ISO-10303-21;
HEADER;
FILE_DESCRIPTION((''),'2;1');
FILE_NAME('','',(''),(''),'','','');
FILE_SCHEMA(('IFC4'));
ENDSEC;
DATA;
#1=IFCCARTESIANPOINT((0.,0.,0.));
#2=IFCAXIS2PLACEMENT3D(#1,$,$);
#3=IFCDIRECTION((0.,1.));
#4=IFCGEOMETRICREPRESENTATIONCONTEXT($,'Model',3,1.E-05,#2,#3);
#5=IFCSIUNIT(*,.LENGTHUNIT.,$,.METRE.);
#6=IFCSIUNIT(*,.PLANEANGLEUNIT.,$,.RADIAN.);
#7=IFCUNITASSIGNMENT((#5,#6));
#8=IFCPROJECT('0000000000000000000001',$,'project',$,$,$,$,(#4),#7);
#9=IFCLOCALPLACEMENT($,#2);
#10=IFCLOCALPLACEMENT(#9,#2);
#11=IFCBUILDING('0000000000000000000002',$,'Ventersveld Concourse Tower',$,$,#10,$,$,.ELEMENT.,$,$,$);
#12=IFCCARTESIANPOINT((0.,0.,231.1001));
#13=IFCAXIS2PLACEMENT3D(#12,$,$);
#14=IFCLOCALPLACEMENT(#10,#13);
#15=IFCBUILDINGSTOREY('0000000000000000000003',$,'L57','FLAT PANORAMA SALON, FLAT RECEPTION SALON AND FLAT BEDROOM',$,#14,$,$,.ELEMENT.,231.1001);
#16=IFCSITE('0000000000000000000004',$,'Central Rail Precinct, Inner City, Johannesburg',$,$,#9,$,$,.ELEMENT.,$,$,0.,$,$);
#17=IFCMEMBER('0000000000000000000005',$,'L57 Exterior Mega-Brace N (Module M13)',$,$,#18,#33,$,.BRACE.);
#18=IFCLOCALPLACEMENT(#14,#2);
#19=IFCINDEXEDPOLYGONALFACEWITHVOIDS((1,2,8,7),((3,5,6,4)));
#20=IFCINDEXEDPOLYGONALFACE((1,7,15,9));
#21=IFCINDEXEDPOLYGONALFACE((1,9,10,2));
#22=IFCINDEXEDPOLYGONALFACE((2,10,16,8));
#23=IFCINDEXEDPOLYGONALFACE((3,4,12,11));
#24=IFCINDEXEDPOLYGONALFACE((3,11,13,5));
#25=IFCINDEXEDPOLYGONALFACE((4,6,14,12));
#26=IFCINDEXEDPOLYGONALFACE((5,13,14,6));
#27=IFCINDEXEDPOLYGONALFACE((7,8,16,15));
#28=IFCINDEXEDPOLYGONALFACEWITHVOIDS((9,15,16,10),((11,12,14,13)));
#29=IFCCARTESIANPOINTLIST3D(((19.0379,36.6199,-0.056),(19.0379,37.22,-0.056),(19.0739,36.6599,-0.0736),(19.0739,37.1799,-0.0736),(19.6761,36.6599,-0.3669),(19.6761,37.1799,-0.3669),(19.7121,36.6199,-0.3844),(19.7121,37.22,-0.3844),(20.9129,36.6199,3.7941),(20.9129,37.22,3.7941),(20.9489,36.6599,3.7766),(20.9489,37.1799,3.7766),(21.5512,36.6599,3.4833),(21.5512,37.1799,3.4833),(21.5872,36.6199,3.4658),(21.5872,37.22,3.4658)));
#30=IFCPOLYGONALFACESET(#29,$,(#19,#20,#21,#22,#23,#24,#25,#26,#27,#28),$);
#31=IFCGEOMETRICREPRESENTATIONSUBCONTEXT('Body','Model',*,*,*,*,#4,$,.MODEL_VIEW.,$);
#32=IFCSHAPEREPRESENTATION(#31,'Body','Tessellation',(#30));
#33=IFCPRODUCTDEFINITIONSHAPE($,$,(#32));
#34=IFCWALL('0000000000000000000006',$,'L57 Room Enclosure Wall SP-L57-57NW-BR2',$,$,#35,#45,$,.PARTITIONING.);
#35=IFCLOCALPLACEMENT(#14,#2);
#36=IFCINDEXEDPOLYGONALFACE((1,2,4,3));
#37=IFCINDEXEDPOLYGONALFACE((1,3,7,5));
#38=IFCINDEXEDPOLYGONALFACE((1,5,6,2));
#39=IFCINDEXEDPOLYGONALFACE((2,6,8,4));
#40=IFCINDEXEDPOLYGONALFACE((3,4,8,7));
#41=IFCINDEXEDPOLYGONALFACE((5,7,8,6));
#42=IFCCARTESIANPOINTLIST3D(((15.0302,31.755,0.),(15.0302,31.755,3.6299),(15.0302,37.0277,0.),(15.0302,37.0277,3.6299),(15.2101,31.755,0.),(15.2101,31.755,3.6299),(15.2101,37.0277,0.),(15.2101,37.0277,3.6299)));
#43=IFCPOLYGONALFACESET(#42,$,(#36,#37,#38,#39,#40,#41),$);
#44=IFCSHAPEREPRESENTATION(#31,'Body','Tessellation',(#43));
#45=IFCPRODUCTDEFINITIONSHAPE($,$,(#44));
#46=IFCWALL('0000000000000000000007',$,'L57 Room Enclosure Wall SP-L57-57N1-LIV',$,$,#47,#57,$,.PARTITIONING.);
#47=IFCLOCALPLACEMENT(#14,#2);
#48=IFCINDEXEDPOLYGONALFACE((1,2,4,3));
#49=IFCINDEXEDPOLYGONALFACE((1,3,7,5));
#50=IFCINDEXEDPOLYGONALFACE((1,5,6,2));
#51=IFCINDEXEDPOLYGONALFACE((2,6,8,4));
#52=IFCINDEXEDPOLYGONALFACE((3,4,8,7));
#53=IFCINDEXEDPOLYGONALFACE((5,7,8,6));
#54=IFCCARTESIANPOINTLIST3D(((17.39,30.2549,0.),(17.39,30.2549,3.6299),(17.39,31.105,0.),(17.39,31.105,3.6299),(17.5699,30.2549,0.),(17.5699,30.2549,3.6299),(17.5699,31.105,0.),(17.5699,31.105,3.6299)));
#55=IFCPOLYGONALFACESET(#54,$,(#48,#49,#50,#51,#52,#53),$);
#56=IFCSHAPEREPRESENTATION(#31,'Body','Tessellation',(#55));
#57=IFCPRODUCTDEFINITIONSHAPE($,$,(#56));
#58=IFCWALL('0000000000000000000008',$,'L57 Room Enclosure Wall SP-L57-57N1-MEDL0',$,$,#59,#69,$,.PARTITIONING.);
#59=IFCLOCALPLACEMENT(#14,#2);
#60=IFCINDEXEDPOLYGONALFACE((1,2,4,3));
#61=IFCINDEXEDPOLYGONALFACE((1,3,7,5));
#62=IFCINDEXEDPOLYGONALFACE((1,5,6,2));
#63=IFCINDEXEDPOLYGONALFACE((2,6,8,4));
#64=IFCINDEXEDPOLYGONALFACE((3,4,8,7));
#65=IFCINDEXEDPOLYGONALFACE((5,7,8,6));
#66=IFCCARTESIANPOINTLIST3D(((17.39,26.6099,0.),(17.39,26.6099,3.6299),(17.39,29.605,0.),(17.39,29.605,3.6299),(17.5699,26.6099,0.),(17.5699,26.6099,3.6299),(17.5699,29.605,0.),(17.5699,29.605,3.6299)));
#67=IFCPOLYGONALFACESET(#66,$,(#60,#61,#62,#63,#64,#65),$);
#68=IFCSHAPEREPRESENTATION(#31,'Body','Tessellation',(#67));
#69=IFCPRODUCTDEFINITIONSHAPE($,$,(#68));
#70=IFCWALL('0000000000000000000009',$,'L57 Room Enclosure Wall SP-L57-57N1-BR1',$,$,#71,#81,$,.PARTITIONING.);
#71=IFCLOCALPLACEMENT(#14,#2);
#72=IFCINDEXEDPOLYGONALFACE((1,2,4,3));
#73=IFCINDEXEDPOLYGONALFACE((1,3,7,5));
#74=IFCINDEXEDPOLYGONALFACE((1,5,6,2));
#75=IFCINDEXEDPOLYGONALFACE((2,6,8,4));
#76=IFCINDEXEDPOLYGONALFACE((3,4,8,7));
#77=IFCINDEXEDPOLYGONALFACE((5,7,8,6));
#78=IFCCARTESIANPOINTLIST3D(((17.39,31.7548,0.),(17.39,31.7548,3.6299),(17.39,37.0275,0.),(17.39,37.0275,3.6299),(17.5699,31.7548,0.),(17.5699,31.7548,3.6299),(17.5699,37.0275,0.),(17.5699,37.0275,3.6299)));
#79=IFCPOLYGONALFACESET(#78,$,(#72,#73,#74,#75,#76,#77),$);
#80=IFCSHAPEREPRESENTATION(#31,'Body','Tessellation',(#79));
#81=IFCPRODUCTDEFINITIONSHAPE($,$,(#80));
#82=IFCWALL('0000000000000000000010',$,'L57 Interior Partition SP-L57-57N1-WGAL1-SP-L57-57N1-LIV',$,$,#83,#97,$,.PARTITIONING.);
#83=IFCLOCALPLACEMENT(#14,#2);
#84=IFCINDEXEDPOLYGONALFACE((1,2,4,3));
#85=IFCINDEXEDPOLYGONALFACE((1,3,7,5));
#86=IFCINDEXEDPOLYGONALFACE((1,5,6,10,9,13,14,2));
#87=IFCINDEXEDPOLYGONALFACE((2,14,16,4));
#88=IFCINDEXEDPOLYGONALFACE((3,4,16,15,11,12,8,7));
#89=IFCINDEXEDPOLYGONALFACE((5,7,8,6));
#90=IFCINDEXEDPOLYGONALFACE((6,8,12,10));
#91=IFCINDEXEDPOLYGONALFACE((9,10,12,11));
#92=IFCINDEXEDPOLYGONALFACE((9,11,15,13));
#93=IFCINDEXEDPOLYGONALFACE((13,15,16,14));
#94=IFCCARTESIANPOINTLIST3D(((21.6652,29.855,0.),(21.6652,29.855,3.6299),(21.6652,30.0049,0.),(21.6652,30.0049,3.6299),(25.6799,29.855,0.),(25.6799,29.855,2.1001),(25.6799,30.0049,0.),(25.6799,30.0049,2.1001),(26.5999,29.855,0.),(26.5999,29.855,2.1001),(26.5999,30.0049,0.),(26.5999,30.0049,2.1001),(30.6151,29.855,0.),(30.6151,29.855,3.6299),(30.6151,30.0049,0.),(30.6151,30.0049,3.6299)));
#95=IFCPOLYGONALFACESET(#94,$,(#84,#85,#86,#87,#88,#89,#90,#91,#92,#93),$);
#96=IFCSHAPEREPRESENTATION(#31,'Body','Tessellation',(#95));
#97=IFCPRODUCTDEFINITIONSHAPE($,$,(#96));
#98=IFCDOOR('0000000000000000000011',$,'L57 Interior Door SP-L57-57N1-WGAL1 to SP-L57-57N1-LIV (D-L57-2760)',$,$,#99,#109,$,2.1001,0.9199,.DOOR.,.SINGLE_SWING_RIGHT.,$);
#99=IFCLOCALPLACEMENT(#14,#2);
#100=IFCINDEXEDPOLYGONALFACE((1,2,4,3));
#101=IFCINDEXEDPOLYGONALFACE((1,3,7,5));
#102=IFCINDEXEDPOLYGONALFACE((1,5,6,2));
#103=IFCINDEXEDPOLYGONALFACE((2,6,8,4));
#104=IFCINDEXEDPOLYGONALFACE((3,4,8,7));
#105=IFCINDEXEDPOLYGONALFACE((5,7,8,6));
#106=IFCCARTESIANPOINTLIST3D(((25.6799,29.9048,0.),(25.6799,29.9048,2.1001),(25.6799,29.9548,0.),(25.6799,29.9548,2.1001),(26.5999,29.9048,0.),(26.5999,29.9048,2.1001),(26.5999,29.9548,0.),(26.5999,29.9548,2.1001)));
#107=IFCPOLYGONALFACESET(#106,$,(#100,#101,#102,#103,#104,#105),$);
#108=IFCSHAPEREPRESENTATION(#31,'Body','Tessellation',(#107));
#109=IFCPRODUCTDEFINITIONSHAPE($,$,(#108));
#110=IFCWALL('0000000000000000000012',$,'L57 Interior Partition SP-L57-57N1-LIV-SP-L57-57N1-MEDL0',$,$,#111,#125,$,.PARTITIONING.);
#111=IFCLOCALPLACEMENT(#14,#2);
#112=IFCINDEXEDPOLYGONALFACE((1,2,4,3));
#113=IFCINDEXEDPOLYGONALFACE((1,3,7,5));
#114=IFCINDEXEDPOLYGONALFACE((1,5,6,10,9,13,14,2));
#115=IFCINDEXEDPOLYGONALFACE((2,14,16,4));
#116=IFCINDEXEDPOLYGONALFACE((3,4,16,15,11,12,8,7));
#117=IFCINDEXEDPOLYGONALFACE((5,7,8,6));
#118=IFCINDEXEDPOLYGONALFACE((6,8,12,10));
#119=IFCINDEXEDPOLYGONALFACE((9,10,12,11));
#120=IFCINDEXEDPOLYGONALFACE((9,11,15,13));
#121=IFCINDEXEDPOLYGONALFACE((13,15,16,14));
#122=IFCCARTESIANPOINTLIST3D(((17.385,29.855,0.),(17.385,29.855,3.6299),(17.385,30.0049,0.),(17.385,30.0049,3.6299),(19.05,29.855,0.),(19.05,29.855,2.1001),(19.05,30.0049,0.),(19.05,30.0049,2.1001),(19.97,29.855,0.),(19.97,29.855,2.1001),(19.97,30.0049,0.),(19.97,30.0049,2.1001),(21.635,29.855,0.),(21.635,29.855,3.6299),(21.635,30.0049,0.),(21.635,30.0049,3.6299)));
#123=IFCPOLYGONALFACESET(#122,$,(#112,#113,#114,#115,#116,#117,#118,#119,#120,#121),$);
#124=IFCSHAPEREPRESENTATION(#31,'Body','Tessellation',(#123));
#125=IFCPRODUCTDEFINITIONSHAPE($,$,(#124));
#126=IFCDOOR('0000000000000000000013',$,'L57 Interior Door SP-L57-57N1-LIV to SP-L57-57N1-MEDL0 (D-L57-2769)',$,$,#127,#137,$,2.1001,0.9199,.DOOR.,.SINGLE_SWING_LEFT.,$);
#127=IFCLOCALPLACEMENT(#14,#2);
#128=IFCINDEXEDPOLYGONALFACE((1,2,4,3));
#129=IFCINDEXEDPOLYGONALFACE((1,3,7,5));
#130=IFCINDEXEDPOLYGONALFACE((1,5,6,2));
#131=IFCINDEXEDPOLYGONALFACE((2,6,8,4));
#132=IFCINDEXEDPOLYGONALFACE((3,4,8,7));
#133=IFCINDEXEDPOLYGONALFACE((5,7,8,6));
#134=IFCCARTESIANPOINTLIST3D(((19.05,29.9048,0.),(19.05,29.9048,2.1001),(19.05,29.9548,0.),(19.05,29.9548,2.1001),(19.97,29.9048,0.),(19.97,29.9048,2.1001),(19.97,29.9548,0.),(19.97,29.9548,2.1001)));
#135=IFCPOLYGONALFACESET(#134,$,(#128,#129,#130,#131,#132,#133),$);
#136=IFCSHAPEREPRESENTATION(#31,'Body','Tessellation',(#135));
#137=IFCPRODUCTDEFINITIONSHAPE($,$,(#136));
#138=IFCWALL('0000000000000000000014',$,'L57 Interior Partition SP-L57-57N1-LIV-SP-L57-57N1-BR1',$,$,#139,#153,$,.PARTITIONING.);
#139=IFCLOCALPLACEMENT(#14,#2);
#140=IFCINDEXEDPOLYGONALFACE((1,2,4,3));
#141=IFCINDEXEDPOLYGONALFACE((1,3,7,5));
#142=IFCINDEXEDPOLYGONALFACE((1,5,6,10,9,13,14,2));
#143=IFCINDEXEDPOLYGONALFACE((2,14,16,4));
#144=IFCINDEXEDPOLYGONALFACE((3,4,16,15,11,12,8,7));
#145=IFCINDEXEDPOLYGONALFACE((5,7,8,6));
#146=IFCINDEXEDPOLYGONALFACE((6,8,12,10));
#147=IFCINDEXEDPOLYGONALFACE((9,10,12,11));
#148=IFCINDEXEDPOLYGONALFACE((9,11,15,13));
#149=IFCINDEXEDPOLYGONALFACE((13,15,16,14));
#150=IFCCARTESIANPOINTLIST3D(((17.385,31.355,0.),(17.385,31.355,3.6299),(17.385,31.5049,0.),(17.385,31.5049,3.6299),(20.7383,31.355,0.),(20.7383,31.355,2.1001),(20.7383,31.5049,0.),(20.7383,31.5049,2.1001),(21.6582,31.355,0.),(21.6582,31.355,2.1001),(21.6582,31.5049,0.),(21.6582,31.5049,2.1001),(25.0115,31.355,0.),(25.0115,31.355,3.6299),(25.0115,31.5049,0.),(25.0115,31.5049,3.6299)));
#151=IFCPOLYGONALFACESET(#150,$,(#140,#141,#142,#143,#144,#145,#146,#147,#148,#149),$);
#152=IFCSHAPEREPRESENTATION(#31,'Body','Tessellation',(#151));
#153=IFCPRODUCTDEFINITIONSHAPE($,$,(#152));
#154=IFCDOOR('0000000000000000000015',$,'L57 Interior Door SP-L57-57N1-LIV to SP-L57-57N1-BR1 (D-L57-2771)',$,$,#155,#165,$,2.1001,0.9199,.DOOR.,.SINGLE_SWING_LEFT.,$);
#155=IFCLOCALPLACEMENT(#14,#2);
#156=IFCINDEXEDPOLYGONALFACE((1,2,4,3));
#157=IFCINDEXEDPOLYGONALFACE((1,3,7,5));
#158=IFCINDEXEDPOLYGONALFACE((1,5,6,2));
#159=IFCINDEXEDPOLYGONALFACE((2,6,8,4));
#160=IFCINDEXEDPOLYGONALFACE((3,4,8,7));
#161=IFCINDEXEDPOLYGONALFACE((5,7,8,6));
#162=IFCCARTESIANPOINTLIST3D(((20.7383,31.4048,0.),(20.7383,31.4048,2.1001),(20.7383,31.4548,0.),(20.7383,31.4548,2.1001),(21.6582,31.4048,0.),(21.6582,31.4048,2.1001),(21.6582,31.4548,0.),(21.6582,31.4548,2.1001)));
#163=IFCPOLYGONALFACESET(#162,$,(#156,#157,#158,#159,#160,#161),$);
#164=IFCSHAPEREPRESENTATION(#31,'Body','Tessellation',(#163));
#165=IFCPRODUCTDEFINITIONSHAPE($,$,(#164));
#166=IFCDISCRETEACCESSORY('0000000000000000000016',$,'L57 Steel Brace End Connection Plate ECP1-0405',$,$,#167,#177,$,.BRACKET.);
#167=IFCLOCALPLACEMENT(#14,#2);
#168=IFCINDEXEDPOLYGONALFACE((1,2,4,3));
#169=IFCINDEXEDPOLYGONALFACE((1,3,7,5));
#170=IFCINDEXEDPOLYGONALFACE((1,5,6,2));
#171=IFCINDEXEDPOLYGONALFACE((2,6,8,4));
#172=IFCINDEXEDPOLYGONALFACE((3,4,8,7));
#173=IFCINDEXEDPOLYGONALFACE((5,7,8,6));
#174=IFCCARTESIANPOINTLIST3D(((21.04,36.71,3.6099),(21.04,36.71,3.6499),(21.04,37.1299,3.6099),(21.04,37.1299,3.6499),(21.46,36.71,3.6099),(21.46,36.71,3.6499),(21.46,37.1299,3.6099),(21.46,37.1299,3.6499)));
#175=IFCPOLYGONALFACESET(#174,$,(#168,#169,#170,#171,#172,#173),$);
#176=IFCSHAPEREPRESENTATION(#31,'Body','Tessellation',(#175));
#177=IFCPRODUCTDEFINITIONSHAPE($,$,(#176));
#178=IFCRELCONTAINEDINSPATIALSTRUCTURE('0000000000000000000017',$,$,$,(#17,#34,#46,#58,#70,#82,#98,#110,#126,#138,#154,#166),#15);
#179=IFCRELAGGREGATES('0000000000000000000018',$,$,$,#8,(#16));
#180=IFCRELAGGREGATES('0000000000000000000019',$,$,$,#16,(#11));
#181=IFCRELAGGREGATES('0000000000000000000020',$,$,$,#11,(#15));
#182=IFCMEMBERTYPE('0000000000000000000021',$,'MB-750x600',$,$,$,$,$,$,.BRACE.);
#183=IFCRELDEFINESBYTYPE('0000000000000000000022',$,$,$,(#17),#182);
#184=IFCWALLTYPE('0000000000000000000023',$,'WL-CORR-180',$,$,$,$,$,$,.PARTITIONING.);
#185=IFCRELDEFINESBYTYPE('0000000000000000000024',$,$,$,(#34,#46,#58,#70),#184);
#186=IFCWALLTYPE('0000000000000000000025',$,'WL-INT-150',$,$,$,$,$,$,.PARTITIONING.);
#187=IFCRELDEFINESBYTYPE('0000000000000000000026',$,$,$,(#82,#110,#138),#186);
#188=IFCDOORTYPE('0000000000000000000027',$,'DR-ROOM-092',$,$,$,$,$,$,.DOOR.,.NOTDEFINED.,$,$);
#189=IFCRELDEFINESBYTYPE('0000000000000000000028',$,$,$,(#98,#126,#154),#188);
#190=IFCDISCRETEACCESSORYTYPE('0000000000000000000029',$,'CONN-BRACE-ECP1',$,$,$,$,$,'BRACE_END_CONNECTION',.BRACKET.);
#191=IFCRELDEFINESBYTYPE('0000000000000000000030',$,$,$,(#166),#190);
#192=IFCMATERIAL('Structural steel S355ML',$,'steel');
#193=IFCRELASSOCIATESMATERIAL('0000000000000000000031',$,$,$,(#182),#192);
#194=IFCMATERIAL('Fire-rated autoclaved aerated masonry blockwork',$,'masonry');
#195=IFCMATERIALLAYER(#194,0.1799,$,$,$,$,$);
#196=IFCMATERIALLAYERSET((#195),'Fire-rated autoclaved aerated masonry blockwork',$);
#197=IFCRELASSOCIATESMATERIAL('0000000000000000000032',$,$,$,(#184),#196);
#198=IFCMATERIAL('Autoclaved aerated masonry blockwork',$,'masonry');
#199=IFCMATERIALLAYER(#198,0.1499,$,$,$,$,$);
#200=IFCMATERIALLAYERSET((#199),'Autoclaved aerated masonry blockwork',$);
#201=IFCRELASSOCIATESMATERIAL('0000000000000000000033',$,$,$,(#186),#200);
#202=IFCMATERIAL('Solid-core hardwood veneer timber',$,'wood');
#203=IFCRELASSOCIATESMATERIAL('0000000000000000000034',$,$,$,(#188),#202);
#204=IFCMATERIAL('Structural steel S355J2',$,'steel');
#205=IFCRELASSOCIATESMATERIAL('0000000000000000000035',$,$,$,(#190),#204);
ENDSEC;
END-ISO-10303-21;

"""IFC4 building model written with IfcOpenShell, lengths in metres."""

from ifc_helpers import new_model, si_unit, direction, frame, frame_2d, origin, origin_2d, place, context, subcontext, project, spatial, rectangle, hollow_rectangle, extrude, material, layer, layer_set, material_profile, profile_set, type_object, element, fill, save


model = new_model("IFC4")

# Units and contexts
model_context = context("Model", 3, precision=1e-05, world=origin(), true_north=direction((0.0, 1.0)))
body_context = subcontext(model_context, "Body", "Model", "MODEL_VIEW")
ifc_project = project(units=[si_unit("LENGTHUNIT", "METRE"), si_unit("PLANEANGLEUNIT", "RADIAN")], contexts=[model_context])

# Site, building, storey
site_placement = place(None, origin())
site = spatial("IfcSite", under=ifc_project, at=site_placement, Name="Central Rail Precinct, Inner City, Johannesburg", CompositionType="ELEMENT", RefElevation=0.0)
building_placement = place(site_placement, origin())
building = spatial("IfcBuilding", under=site, at=building_placement, Name="Ventersveld Concourse Tower", CompositionType="ELEMENT")
storey_placement = place(building_placement, frame((0.0, 0.0, 231.1001)))
storey = spatial("IfcBuildingStorey", under=building, at=storey_placement, Name="L57", Description="FLAT PANORAMA SALON, FLAT RECEPTION SALON AND FLAT BEDROOM", CompositionType="ELEMENT", Elevation=231.1001)

# Shared definitions
ifc_material_1 = material(Name="Structural steel S355J2", Category="steel")

# Member
ifc_material_2 = material(Name="Structural steel S355ML", Category="steel")
ifc_material_profile_1 = material_profile(ifc_material_2, hollow_rectangle(XDim=0.6001, YDim=0.75, WallThickness=0.04, at=origin_2d()), Name="BOX 750x600x40")
ifc_profile_set_1 = profile_set([ifc_material_profile_1], Name="Structural steel S355ML")
member_type = type_object("IfcMemberType", Name="MB-750x600", PredefinedType="BRACE", material=ifc_profile_set_1)
member_placement = place(storey_placement, frame((19.375, 36.9199, -0.2202), z_axis=(0.437839, 0.0, 0.899053), x_axis=(0.0, 1.0, 0.0)))
element("IfcMember", 1, at=member_placement, inside=storey, type_object=member_type, Name="L57 Exterior Mega-Brace N (Module M13)", PredefinedType="BRACE", context=body_context, shape_type="SweptSolid", body=[
    extrude(hollow_rectangle(XDim=0.6001, YDim=0.75, WallThickness=0.04, at=origin_2d()), origin(), (0.0, 0.0, 1.0), 4.2825),
])

# Walls
ifc_material_3 = material(Name="Fire-rated autoclaved aerated masonry blockwork", Category="masonry")
ifc_layer_1 = layer(ifc_material_3, 0.1799)
ifc_layer_set_1 = layer_set([ifc_layer_1], Name="Fire-rated autoclaved aerated masonry blockwork")
wall_type_1 = type_object("IfcWallType", Name="WL-CORR-180", PredefinedType="PARTITIONING", material=ifc_layer_set_1)
wall_1_placement = place(storey_placement, frame((15.1201, 37.0276, 0.0), z_axis=(0.0, 0.0, 1.0), x_axis=(0.0, -1.0, 0.0)))
element("IfcWall", 2, at=wall_1_placement, inside=storey, type_object=wall_type_1, Name="L57 Room Enclosure Wall SP-L57-57NW-BR2", PredefinedType="PARTITIONING", context=body_context, shape_type="SweptSolid", body=[
    extrude(rectangle(XDim=5.2727, YDim=0.1799, at=frame_2d((2.6362, 0.0))), origin(), (0.0, 0.0, 1.0), 3.6299),
])
wall_2_placement = place(storey_placement, frame((17.48, 30.2549, 0.0), z_axis=(0.0, 0.0, 1.0), x_axis=(0.0, 1.0, 0.0)))
element("IfcWall", 3, at=wall_2_placement, inside=storey, type_object=wall_type_1, Name="L57 Room Enclosure Wall SP-L57-57N1-LIV", PredefinedType="PARTITIONING", context=body_context, shape_type="SweptSolid", body=[
    extrude(rectangle(XDim=0.8501, YDim=0.1799, at=frame_2d((0.425, 0.0))), origin(), (0.0, 0.0, 1.0), 3.6299),
])
wall_3_placement = place(storey_placement, frame((17.48, 26.6099, 0.0), z_axis=(0.0, 0.0, 1.0), x_axis=(0.0, 1.0, 0.0)))
element("IfcWall", 4, at=wall_3_placement, inside=storey, type_object=wall_type_1, Name="L57 Room Enclosure Wall SP-L57-57N1-MEDL0", PredefinedType="PARTITIONING", context=body_context, shape_type="SweptSolid", body=[
    extrude(rectangle(XDim=2.9951, YDim=0.1799, at=frame_2d((1.4976, 0.0))), origin(), (0.0, 0.0, 1.0), 3.6299),
])
wall_4_placement = place(storey_placement, frame((17.48, 31.7549, 0.0), z_axis=(0.0, 0.0, 1.0), x_axis=(0.0, 1.0, 0.0)))
element("IfcWall", 5, at=wall_4_placement, inside=storey, type_object=wall_type_1, Name="L57 Room Enclosure Wall SP-L57-57N1-BR1", PredefinedType="PARTITIONING", context=body_context, shape_type="SweptSolid", body=[
    extrude(rectangle(XDim=5.2727, YDim=0.1799, at=frame_2d((2.6362, 0.0))), origin(), (0.0, 0.0, 1.0), 3.6299),
])

# Walls, openings, doors
ifc_material_4 = material(Name="Autoclaved aerated masonry blockwork", Category="masonry")
ifc_layer_2 = layer(ifc_material_4, 0.1499)
ifc_layer_set_2 = layer_set([ifc_layer_2], Name="Autoclaved aerated masonry blockwork")
wall_type_2 = type_object("IfcWallType", Name="WL-INT-150", PredefinedType="PARTITIONING", material=ifc_layer_set_2)
wall_5_placement = place(storey_placement, frame((21.665, 29.9299, 0.0), z_axis=(0.0, 0.0, 1.0), x_axis=(1.0, 0.0, 0.0)))
wall_5 = element("IfcWall", 6, at=wall_5_placement, inside=storey, type_object=wall_type_2, Name="L57 Interior Partition SP-L57-57N1-WGAL1-SP-L57-57N1-LIV", PredefinedType="PARTITIONING", context=body_context, shape_type="SweptSolid", body=[
    extrude(rectangle(XDim=8.95, YDim=0.1499, at=frame_2d((4.4751, 0.0))), origin(), (0.0, 0.0, 1.0), 3.6299),
])
opening_1_placement = place(wall_5_placement, frame((4.0149, 0.0, 0.0)))
opening_1 = element("IfcOpeningElement", 7, at=opening_1_placement, cuts=wall_5, PredefinedType="OPENING", context=body_context, shape_type="SweptSolid", body=[
    extrude(rectangle(XDim=0.9199, YDim=2.1001, at=frame_2d((0.46, 1.05))), frame((0.0, 0.085, 0.0), z_axis=(0.0, -1.0, 0.0), x_axis=(1.0, 0.0, 0.0)), (0.0, 0.0, 1.0), 0.1699),
])
ifc_material_5 = material(Name="Solid-core hardwood veneer timber", Category="wood")
door_type = type_object("IfcDoorType", Name="DR-ROOM-092", OperationType="NOTDEFINED", PredefinedType="DOOR", material=ifc_material_5)
door_1_placement = place(opening_1_placement, origin())
door_1 = element("IfcDoor", 8, at=door_1_placement, inside=storey, type_object=door_type, Name="L57 Interior Door SP-L57-57N1-WGAL1 to SP-L57-57N1-LIV (D-L57-2760)", OperationType="SINGLE_SWING_RIGHT", OverallHeight=2.1001, OverallWidth=0.9199, PredefinedType="DOOR", context=body_context, shape_type="SweptSolid", body=[
    extrude(rectangle(XDim=0.9199, YDim=2.1001, at=frame_2d((0.46, 1.05))), frame((0.0, 0.0249, 0.0), z_axis=(0.0, -1.0, 0.0), x_axis=(1.0, 0.0, 0.0)), (0.0, 0.0, 1.0), 0.05),
])
fill(opening_1, door_1)
wall_6_placement = place(storey_placement, frame((17.385, 29.9299, 0.0), z_axis=(0.0, 0.0, 1.0), x_axis=(1.0, 0.0, 0.0)))
wall_6 = element("IfcWall", 9, at=wall_6_placement, inside=storey, type_object=wall_type_2, Name="L57 Interior Partition SP-L57-57N1-LIV-SP-L57-57N1-MEDL0", PredefinedType="PARTITIONING", context=body_context, shape_type="SweptSolid", body=[
    extrude(rectangle(XDim=4.25, YDim=0.1499, at=frame_2d((2.125, 0.0))), origin(), (0.0, 0.0, 1.0), 3.6299),
])
opening_2_placement = place(wall_6_placement, frame((1.665, 0.0, 0.0)))
opening_2 = element("IfcOpeningElement", 10, at=opening_2_placement, cuts=wall_6, PredefinedType="OPENING", context=body_context, shape_type="SweptSolid", body=[
    extrude(rectangle(XDim=0.9199, YDim=2.1001, at=frame_2d((0.46, 1.05))), frame((0.0, 0.085, 0.0), z_axis=(0.0, -1.0, 0.0), x_axis=(1.0, 0.0, 0.0)), (0.0, 0.0, 1.0), 0.1699),
])
door_2_placement = place(opening_2_placement, origin())
door_2 = element("IfcDoor", 11, at=door_2_placement, inside=storey, type_object=door_type, Name="L57 Interior Door SP-L57-57N1-LIV to SP-L57-57N1-MEDL0 (D-L57-2769)", OperationType="SINGLE_SWING_LEFT", OverallHeight=2.1001, OverallWidth=0.9199, PredefinedType="DOOR", context=body_context, shape_type="SweptSolid", body=[
    extrude(rectangle(XDim=0.9199, YDim=2.1001, at=frame_2d((0.46, 1.05))), frame((0.0, 0.0249, 0.0), z_axis=(0.0, -1.0, 0.0), x_axis=(1.0, 0.0, 0.0)), (0.0, 0.0, 1.0), 0.05),
])
fill(opening_2, door_2)
wall_7_placement = place(storey_placement, frame((17.385, 31.4299, 0.0), z_axis=(0.0, 0.0, 1.0), x_axis=(1.0, 0.0, 0.0)))
wall_7 = element("IfcWall", 12, at=wall_7_placement, inside=storey, type_object=wall_type_2, Name="L57 Interior Partition SP-L57-57N1-LIV-SP-L57-57N1-BR1", PredefinedType="PARTITIONING", context=body_context, shape_type="SweptSolid", body=[
    extrude(rectangle(XDim=7.6265, YDim=0.1499, at=frame_2d((3.8132, 0.0))), origin(), (0.0, 0.0, 1.0), 3.6299),
])
opening_3_placement = place(wall_7_placement, frame((3.3533, 0.0, 0.0)))
opening_3 = element("IfcOpeningElement", 13, at=opening_3_placement, cuts=wall_7, PredefinedType="OPENING", context=body_context, shape_type="SweptSolid", body=[
    extrude(rectangle(XDim=0.9199, YDim=2.1001, at=frame_2d((0.46, 1.05))), frame((0.0, 0.085, 0.0), z_axis=(0.0, -1.0, 0.0), x_axis=(1.0, 0.0, 0.0)), (0.0, 0.0, 1.0), 0.1699),
])
door_3_placement = place(opening_3_placement, origin())
door_3 = element("IfcDoor", 14, at=door_3_placement, inside=storey, type_object=door_type, Name="L57 Interior Door SP-L57-57N1-LIV to SP-L57-57N1-BR1 (D-L57-2771)", OperationType="SINGLE_SWING_LEFT", OverallHeight=2.1001, OverallWidth=0.9199, PredefinedType="DOOR", context=body_context, shape_type="SweptSolid", body=[
    extrude(rectangle(XDim=0.9199, YDim=2.1001, at=frame_2d((0.46, 1.05))), frame((0.0, 0.0249, 0.0), z_axis=(0.0, -1.0, 0.0), x_axis=(1.0, 0.0, 0.0)), (0.0, 0.0, 1.0), 0.05),
])
fill(opening_3, door_3)

# Discrete accessory
discrete_accessory_type = type_object("IfcDiscreteAccessoryType", Name="CONN-BRACE-ECP1", ElementType="BRACE_END_CONNECTION", PredefinedType="BRACKET", material=ifc_material_1)
discrete_accessory_placement = place(storey_placement, frame((21.25, 36.9199, 3.6099), z_axis=(0.0, 0.0, 1.0), x_axis=(1.0, 0.0, 0.0)))
element("IfcDiscreteAccessory", 15, at=discrete_accessory_placement, inside=storey, type_object=discrete_accessory_type, Name="L57 Steel Brace End Connection Plate ECP1-0405", PredefinedType="BRACKET", context=body_context, shape_type="SweptSolid", body=[
    extrude(rectangle(XDim=0.4199, YDim=0.4199, at=origin_2d()), origin(), (0.0, 0.0, 1.0), 0.04),
])

save(model, "model.ifc")
